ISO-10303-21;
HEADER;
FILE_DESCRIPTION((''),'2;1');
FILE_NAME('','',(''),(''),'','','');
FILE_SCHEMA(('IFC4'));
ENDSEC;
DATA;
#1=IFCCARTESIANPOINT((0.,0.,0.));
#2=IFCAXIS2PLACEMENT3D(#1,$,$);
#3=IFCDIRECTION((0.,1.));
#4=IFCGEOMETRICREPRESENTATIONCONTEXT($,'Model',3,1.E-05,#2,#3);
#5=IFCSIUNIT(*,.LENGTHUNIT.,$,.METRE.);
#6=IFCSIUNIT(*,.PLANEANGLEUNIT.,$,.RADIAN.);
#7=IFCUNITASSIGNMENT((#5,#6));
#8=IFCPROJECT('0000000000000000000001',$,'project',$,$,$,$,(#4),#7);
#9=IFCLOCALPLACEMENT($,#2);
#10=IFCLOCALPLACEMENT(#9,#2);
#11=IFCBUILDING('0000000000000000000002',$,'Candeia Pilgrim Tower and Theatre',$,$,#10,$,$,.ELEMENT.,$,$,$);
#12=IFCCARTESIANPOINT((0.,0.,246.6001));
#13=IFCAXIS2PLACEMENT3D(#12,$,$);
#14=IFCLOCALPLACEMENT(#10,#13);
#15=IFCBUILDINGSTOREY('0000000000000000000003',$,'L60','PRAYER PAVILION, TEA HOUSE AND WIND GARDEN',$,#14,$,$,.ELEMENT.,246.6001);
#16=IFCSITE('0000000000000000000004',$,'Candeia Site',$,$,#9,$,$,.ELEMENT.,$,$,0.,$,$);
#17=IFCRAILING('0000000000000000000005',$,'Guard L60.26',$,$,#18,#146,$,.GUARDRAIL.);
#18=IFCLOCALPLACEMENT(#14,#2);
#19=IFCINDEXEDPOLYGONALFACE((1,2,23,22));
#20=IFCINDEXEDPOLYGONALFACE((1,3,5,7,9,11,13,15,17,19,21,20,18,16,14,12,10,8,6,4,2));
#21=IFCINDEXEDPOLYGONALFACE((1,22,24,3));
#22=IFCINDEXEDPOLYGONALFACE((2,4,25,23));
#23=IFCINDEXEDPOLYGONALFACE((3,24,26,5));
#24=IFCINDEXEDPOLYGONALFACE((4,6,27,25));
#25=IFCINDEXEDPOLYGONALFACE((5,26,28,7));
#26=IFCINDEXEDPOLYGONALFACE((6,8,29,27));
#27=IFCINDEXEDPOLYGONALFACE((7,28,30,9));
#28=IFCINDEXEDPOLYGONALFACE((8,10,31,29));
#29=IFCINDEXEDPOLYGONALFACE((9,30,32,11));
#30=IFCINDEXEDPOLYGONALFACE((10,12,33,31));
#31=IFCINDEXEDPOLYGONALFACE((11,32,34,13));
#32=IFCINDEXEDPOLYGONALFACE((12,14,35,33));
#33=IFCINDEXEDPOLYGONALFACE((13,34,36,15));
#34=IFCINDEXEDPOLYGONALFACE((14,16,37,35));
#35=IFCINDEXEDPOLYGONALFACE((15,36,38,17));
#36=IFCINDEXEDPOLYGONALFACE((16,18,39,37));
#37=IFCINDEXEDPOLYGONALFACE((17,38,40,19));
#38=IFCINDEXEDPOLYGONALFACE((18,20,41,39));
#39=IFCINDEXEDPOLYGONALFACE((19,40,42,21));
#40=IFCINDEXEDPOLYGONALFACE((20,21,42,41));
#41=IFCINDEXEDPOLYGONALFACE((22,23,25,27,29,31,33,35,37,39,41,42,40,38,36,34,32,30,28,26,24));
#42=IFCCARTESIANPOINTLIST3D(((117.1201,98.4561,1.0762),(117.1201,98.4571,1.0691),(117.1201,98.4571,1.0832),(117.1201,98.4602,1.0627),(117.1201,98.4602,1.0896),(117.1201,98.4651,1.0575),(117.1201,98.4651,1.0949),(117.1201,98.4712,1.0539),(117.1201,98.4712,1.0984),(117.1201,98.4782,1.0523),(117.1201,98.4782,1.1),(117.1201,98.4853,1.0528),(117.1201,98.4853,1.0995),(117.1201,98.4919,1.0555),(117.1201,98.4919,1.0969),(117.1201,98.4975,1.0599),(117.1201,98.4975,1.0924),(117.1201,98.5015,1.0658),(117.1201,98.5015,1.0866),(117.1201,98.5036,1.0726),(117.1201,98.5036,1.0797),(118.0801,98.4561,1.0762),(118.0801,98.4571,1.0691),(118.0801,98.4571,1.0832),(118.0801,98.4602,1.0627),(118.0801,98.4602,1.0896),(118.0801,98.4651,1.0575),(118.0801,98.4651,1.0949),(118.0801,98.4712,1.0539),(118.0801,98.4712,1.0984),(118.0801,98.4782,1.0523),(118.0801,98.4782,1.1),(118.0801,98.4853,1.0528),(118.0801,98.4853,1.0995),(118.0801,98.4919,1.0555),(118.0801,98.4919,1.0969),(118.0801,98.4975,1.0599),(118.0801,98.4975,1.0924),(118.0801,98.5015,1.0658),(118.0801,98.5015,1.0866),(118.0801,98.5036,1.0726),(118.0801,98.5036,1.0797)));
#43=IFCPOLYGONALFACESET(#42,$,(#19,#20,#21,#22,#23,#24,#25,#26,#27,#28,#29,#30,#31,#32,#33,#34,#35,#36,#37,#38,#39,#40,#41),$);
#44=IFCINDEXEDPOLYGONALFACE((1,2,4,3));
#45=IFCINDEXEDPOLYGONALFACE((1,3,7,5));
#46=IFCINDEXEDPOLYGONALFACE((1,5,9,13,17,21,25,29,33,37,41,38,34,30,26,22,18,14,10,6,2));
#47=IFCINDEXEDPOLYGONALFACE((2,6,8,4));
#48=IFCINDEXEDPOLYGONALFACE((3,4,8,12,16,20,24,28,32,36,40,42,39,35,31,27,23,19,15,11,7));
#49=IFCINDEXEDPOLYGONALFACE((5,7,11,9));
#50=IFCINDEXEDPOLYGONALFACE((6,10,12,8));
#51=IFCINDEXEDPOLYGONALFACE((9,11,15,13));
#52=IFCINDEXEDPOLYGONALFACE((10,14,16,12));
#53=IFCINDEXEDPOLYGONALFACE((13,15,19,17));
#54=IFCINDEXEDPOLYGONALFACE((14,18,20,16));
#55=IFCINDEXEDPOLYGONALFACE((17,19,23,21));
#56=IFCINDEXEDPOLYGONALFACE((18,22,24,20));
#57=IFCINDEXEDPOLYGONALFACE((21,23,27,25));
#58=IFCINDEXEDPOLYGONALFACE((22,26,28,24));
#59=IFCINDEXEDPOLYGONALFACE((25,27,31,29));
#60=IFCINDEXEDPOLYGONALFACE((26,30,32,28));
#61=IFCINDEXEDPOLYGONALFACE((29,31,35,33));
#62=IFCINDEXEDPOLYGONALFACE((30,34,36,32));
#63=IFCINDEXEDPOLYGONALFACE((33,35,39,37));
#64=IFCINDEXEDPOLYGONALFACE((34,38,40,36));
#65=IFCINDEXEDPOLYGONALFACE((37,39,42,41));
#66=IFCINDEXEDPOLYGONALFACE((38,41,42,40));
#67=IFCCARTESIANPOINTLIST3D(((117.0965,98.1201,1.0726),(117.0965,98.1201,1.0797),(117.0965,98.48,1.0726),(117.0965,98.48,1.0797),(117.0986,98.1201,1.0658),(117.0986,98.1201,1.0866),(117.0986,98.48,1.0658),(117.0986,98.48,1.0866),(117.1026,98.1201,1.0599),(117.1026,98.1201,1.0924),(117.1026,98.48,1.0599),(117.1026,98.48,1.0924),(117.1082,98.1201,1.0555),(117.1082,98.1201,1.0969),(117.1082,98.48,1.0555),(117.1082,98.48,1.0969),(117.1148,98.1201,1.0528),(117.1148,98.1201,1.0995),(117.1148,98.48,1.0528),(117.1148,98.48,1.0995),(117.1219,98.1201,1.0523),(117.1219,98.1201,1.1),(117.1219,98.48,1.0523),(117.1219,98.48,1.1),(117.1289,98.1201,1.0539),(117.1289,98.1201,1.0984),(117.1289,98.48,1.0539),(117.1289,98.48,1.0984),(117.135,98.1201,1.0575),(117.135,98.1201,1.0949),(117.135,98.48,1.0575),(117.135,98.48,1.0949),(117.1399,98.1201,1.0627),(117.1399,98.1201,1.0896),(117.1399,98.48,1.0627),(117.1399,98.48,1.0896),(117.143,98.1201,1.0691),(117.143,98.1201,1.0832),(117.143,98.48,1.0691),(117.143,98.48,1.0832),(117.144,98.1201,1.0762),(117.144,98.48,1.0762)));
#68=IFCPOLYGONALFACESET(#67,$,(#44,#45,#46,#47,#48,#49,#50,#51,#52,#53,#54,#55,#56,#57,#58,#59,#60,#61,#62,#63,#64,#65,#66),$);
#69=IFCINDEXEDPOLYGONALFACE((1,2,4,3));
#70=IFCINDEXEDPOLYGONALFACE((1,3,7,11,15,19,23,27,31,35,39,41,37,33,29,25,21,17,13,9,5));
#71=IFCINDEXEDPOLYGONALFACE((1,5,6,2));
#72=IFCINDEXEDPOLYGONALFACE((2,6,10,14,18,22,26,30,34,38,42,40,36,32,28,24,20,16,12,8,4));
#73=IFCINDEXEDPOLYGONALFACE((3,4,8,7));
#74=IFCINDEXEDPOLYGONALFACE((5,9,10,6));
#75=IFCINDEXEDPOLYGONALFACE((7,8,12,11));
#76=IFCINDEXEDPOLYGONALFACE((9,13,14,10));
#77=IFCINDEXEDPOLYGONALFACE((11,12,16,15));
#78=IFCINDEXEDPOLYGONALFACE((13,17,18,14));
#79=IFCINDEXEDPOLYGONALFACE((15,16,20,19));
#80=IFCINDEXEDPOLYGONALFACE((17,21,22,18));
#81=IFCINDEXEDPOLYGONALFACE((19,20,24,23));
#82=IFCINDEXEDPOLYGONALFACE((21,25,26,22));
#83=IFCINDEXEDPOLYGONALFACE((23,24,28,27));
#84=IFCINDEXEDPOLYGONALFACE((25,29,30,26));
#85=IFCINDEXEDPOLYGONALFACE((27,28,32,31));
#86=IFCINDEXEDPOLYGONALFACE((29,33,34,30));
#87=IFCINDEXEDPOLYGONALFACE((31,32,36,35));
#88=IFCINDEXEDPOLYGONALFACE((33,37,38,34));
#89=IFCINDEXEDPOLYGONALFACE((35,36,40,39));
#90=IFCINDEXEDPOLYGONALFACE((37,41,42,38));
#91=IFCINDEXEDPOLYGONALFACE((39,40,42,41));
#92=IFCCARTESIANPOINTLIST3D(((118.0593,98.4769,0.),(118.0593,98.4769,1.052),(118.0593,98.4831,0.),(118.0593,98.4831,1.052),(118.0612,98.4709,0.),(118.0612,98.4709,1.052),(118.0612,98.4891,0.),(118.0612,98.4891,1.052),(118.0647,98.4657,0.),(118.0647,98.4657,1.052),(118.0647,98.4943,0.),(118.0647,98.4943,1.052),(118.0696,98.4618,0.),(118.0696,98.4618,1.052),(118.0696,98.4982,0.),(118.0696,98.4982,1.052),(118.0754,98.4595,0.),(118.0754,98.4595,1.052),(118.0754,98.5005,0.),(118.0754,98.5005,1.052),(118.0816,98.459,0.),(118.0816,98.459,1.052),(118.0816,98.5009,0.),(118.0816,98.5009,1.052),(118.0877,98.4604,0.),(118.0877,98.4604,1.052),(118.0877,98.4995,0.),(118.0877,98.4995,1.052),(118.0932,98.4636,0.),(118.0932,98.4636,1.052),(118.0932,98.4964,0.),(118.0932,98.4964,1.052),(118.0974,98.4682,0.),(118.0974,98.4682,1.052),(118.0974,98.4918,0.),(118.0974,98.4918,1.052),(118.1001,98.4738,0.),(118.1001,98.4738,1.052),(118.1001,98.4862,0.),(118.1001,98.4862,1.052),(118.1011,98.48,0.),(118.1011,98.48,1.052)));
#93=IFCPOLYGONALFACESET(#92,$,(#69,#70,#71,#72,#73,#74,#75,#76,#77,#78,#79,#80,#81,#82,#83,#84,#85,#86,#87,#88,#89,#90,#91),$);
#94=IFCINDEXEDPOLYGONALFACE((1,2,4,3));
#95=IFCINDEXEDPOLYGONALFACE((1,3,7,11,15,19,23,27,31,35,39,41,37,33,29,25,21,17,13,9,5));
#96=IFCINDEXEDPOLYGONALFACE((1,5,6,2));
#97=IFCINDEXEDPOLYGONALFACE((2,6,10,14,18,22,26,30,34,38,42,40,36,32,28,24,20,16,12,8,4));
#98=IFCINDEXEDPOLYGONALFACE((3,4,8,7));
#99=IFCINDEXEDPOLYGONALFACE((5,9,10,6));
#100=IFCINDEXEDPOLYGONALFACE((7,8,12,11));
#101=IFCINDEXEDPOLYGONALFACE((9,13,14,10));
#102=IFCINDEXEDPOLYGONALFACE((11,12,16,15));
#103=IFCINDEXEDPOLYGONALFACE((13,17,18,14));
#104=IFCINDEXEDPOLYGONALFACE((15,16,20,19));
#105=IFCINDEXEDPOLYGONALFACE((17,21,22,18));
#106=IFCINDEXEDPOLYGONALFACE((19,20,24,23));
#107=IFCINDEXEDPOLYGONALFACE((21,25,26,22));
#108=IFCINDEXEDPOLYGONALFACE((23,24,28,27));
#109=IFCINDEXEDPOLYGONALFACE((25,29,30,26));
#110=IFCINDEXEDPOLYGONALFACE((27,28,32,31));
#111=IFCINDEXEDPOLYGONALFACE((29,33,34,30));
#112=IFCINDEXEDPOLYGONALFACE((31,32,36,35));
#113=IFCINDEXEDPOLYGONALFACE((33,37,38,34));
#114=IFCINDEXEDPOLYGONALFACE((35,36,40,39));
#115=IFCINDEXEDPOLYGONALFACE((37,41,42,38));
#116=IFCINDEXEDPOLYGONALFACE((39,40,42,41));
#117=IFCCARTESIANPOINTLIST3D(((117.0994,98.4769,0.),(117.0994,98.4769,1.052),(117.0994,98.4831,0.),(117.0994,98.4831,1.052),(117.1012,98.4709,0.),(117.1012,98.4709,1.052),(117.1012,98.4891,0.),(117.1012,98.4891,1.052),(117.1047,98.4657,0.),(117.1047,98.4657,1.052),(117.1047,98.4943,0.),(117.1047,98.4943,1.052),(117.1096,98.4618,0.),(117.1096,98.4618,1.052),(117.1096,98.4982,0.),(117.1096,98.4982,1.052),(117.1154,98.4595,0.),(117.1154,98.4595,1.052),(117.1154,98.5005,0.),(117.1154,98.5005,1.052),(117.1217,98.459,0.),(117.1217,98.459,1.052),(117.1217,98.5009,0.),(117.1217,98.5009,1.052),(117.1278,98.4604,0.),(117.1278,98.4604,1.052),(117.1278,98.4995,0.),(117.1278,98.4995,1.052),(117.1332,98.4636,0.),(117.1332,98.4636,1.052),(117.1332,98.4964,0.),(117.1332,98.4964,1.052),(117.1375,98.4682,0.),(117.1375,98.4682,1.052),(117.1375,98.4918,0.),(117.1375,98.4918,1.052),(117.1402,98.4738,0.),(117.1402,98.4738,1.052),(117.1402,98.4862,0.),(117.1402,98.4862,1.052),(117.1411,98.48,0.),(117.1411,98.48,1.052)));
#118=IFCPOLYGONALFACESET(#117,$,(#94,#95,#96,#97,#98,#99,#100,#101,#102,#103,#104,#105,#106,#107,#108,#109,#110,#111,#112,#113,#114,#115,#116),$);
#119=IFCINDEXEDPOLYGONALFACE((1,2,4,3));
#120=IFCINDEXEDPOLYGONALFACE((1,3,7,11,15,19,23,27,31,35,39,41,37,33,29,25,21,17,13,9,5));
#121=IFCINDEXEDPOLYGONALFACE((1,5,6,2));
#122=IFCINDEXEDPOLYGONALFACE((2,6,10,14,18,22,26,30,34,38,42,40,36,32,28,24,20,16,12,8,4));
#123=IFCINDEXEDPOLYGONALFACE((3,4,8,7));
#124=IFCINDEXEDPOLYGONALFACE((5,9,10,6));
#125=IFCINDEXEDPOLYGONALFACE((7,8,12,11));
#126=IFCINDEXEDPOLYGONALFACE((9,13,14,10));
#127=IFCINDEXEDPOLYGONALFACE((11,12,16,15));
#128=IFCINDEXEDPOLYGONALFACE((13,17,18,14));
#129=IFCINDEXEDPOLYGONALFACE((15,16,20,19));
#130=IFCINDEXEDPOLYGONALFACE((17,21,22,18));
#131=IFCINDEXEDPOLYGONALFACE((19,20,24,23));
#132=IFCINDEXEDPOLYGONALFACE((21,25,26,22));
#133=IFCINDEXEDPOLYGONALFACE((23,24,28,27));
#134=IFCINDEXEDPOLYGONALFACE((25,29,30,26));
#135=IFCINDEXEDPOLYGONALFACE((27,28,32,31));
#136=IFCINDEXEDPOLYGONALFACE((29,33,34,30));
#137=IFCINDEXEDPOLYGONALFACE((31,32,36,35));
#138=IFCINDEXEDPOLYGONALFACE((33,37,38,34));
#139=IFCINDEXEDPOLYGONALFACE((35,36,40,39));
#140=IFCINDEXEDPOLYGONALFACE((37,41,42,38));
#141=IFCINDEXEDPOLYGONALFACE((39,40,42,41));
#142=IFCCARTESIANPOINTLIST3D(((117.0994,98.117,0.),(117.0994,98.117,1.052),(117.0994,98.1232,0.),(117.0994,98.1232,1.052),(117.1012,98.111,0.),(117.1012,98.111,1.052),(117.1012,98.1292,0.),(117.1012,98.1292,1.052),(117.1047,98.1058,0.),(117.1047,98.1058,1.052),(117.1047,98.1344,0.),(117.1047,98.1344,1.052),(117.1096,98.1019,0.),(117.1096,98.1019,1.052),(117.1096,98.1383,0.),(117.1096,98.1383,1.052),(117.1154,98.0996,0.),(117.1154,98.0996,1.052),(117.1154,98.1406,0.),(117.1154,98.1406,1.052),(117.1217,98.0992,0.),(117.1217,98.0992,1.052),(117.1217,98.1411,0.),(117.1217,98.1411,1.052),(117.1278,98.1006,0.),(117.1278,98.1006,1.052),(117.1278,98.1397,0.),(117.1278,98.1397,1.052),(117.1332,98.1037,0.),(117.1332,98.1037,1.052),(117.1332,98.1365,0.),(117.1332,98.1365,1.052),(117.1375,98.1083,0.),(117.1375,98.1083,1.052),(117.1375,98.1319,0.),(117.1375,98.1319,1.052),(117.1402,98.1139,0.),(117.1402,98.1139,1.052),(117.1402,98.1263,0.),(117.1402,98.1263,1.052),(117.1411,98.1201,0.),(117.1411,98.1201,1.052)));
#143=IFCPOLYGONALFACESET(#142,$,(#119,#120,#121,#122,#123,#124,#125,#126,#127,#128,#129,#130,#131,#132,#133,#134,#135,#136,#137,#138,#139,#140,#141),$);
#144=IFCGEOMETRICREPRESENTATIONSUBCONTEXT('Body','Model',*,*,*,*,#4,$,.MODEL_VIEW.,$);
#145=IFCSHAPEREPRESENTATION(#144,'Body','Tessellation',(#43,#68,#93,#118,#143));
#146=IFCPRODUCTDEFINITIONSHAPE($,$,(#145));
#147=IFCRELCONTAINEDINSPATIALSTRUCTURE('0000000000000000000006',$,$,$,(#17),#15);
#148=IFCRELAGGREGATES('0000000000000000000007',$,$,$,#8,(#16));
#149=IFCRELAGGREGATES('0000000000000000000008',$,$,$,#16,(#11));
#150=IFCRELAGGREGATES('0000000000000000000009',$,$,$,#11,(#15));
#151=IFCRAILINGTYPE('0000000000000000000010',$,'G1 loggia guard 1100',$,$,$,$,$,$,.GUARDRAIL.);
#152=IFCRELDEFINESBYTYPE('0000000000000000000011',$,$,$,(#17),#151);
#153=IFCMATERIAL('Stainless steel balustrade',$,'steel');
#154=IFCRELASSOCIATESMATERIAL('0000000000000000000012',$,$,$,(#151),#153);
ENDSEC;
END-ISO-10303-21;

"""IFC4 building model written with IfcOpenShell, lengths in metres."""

from ifc_helpers import new_model, si_unit, direction, frame, origin, origin_2d, place, context, subcontext, project, spatial, circle, extrude, material, type_object, element, save


model = new_model("IFC4")

# Units and contexts
model_context = context("Model", 3, precision=1e-05, world=origin(), true_north=direction((0.0, 1.0)))
body_context = subcontext(model_context, "Body", "Model", "MODEL_VIEW")
ifc_project = project(units=[si_unit("LENGTHUNIT", "METRE"), si_unit("PLANEANGLEUNIT", "RADIAN")], contexts=[model_context])

# Site, building, storey
site_placement = place(None, origin())
site = spatial("IfcSite", under=ifc_project, at=site_placement, Name="Candeia Site", CompositionType="ELEMENT", RefElevation=0.0)
building_placement = place(site_placement, origin())
building = spatial("IfcBuilding", under=site, at=building_placement, Name="Candeia Pilgrim Tower and Theatre", CompositionType="ELEMENT")
storey_placement = place(building_placement, frame((0.0, 0.0, 246.6001)))
storey = spatial("IfcBuildingStorey", under=building, at=storey_placement, Name="L60", Description="PRAYER PAVILION, TEA HOUSE AND WIND GARDEN", CompositionType="ELEMENT", Elevation=246.6001)

# Railing
ifc_material_1 = material(Name="Stainless steel balustrade", Category="steel")
railing_type = type_object("IfcRailingType", Name="G1 loggia guard 1100", PredefinedType="GUARDRAIL", material=ifc_material_1)
railing_1_placement = place(storey_placement, frame((118.0801, 98.48, 0.0)))
element("IfcRailing", 1, at=railing_1_placement, inside=storey, type_object=railing_type, Name="Guard L60.26", PredefinedType="GUARDRAIL", context=body_context, shape_type="SweptSolid", body=[
    extrude(circle(Radius=0.0239, at=origin_2d()), frame((0.0, 0.0, 1.0762), z_axis=(-1.0, 0.0, 0.0), x_axis=(0.0, -1.0, 0.0)), (0.0, 0.0, 1.0), 0.96),
    extrude(circle(Radius=0.0239, at=origin_2d()), frame((-0.96, 0.0, 1.0762), z_axis=(0.0, -1.0, 0.0), x_axis=(1.0, 0.0, 0.0)), (0.0, 0.0, 1.0), 0.3599),
    extrude(circle(Radius=0.021, at=origin_2d()), origin(), (0.0, 0.0, 1.0), 1.052),
    extrude(circle(Radius=0.021, at=origin_2d()), frame((-0.96, 0.0, 0.0)), (0.0, 0.0, 1.0), 1.052),
    extrude(circle(Radius=0.021, at=origin_2d()), frame((-0.96, -0.3599, 0.0)), (0.0, 0.0, 1.0), 1.052),
])

save(model, "model.ifc")
